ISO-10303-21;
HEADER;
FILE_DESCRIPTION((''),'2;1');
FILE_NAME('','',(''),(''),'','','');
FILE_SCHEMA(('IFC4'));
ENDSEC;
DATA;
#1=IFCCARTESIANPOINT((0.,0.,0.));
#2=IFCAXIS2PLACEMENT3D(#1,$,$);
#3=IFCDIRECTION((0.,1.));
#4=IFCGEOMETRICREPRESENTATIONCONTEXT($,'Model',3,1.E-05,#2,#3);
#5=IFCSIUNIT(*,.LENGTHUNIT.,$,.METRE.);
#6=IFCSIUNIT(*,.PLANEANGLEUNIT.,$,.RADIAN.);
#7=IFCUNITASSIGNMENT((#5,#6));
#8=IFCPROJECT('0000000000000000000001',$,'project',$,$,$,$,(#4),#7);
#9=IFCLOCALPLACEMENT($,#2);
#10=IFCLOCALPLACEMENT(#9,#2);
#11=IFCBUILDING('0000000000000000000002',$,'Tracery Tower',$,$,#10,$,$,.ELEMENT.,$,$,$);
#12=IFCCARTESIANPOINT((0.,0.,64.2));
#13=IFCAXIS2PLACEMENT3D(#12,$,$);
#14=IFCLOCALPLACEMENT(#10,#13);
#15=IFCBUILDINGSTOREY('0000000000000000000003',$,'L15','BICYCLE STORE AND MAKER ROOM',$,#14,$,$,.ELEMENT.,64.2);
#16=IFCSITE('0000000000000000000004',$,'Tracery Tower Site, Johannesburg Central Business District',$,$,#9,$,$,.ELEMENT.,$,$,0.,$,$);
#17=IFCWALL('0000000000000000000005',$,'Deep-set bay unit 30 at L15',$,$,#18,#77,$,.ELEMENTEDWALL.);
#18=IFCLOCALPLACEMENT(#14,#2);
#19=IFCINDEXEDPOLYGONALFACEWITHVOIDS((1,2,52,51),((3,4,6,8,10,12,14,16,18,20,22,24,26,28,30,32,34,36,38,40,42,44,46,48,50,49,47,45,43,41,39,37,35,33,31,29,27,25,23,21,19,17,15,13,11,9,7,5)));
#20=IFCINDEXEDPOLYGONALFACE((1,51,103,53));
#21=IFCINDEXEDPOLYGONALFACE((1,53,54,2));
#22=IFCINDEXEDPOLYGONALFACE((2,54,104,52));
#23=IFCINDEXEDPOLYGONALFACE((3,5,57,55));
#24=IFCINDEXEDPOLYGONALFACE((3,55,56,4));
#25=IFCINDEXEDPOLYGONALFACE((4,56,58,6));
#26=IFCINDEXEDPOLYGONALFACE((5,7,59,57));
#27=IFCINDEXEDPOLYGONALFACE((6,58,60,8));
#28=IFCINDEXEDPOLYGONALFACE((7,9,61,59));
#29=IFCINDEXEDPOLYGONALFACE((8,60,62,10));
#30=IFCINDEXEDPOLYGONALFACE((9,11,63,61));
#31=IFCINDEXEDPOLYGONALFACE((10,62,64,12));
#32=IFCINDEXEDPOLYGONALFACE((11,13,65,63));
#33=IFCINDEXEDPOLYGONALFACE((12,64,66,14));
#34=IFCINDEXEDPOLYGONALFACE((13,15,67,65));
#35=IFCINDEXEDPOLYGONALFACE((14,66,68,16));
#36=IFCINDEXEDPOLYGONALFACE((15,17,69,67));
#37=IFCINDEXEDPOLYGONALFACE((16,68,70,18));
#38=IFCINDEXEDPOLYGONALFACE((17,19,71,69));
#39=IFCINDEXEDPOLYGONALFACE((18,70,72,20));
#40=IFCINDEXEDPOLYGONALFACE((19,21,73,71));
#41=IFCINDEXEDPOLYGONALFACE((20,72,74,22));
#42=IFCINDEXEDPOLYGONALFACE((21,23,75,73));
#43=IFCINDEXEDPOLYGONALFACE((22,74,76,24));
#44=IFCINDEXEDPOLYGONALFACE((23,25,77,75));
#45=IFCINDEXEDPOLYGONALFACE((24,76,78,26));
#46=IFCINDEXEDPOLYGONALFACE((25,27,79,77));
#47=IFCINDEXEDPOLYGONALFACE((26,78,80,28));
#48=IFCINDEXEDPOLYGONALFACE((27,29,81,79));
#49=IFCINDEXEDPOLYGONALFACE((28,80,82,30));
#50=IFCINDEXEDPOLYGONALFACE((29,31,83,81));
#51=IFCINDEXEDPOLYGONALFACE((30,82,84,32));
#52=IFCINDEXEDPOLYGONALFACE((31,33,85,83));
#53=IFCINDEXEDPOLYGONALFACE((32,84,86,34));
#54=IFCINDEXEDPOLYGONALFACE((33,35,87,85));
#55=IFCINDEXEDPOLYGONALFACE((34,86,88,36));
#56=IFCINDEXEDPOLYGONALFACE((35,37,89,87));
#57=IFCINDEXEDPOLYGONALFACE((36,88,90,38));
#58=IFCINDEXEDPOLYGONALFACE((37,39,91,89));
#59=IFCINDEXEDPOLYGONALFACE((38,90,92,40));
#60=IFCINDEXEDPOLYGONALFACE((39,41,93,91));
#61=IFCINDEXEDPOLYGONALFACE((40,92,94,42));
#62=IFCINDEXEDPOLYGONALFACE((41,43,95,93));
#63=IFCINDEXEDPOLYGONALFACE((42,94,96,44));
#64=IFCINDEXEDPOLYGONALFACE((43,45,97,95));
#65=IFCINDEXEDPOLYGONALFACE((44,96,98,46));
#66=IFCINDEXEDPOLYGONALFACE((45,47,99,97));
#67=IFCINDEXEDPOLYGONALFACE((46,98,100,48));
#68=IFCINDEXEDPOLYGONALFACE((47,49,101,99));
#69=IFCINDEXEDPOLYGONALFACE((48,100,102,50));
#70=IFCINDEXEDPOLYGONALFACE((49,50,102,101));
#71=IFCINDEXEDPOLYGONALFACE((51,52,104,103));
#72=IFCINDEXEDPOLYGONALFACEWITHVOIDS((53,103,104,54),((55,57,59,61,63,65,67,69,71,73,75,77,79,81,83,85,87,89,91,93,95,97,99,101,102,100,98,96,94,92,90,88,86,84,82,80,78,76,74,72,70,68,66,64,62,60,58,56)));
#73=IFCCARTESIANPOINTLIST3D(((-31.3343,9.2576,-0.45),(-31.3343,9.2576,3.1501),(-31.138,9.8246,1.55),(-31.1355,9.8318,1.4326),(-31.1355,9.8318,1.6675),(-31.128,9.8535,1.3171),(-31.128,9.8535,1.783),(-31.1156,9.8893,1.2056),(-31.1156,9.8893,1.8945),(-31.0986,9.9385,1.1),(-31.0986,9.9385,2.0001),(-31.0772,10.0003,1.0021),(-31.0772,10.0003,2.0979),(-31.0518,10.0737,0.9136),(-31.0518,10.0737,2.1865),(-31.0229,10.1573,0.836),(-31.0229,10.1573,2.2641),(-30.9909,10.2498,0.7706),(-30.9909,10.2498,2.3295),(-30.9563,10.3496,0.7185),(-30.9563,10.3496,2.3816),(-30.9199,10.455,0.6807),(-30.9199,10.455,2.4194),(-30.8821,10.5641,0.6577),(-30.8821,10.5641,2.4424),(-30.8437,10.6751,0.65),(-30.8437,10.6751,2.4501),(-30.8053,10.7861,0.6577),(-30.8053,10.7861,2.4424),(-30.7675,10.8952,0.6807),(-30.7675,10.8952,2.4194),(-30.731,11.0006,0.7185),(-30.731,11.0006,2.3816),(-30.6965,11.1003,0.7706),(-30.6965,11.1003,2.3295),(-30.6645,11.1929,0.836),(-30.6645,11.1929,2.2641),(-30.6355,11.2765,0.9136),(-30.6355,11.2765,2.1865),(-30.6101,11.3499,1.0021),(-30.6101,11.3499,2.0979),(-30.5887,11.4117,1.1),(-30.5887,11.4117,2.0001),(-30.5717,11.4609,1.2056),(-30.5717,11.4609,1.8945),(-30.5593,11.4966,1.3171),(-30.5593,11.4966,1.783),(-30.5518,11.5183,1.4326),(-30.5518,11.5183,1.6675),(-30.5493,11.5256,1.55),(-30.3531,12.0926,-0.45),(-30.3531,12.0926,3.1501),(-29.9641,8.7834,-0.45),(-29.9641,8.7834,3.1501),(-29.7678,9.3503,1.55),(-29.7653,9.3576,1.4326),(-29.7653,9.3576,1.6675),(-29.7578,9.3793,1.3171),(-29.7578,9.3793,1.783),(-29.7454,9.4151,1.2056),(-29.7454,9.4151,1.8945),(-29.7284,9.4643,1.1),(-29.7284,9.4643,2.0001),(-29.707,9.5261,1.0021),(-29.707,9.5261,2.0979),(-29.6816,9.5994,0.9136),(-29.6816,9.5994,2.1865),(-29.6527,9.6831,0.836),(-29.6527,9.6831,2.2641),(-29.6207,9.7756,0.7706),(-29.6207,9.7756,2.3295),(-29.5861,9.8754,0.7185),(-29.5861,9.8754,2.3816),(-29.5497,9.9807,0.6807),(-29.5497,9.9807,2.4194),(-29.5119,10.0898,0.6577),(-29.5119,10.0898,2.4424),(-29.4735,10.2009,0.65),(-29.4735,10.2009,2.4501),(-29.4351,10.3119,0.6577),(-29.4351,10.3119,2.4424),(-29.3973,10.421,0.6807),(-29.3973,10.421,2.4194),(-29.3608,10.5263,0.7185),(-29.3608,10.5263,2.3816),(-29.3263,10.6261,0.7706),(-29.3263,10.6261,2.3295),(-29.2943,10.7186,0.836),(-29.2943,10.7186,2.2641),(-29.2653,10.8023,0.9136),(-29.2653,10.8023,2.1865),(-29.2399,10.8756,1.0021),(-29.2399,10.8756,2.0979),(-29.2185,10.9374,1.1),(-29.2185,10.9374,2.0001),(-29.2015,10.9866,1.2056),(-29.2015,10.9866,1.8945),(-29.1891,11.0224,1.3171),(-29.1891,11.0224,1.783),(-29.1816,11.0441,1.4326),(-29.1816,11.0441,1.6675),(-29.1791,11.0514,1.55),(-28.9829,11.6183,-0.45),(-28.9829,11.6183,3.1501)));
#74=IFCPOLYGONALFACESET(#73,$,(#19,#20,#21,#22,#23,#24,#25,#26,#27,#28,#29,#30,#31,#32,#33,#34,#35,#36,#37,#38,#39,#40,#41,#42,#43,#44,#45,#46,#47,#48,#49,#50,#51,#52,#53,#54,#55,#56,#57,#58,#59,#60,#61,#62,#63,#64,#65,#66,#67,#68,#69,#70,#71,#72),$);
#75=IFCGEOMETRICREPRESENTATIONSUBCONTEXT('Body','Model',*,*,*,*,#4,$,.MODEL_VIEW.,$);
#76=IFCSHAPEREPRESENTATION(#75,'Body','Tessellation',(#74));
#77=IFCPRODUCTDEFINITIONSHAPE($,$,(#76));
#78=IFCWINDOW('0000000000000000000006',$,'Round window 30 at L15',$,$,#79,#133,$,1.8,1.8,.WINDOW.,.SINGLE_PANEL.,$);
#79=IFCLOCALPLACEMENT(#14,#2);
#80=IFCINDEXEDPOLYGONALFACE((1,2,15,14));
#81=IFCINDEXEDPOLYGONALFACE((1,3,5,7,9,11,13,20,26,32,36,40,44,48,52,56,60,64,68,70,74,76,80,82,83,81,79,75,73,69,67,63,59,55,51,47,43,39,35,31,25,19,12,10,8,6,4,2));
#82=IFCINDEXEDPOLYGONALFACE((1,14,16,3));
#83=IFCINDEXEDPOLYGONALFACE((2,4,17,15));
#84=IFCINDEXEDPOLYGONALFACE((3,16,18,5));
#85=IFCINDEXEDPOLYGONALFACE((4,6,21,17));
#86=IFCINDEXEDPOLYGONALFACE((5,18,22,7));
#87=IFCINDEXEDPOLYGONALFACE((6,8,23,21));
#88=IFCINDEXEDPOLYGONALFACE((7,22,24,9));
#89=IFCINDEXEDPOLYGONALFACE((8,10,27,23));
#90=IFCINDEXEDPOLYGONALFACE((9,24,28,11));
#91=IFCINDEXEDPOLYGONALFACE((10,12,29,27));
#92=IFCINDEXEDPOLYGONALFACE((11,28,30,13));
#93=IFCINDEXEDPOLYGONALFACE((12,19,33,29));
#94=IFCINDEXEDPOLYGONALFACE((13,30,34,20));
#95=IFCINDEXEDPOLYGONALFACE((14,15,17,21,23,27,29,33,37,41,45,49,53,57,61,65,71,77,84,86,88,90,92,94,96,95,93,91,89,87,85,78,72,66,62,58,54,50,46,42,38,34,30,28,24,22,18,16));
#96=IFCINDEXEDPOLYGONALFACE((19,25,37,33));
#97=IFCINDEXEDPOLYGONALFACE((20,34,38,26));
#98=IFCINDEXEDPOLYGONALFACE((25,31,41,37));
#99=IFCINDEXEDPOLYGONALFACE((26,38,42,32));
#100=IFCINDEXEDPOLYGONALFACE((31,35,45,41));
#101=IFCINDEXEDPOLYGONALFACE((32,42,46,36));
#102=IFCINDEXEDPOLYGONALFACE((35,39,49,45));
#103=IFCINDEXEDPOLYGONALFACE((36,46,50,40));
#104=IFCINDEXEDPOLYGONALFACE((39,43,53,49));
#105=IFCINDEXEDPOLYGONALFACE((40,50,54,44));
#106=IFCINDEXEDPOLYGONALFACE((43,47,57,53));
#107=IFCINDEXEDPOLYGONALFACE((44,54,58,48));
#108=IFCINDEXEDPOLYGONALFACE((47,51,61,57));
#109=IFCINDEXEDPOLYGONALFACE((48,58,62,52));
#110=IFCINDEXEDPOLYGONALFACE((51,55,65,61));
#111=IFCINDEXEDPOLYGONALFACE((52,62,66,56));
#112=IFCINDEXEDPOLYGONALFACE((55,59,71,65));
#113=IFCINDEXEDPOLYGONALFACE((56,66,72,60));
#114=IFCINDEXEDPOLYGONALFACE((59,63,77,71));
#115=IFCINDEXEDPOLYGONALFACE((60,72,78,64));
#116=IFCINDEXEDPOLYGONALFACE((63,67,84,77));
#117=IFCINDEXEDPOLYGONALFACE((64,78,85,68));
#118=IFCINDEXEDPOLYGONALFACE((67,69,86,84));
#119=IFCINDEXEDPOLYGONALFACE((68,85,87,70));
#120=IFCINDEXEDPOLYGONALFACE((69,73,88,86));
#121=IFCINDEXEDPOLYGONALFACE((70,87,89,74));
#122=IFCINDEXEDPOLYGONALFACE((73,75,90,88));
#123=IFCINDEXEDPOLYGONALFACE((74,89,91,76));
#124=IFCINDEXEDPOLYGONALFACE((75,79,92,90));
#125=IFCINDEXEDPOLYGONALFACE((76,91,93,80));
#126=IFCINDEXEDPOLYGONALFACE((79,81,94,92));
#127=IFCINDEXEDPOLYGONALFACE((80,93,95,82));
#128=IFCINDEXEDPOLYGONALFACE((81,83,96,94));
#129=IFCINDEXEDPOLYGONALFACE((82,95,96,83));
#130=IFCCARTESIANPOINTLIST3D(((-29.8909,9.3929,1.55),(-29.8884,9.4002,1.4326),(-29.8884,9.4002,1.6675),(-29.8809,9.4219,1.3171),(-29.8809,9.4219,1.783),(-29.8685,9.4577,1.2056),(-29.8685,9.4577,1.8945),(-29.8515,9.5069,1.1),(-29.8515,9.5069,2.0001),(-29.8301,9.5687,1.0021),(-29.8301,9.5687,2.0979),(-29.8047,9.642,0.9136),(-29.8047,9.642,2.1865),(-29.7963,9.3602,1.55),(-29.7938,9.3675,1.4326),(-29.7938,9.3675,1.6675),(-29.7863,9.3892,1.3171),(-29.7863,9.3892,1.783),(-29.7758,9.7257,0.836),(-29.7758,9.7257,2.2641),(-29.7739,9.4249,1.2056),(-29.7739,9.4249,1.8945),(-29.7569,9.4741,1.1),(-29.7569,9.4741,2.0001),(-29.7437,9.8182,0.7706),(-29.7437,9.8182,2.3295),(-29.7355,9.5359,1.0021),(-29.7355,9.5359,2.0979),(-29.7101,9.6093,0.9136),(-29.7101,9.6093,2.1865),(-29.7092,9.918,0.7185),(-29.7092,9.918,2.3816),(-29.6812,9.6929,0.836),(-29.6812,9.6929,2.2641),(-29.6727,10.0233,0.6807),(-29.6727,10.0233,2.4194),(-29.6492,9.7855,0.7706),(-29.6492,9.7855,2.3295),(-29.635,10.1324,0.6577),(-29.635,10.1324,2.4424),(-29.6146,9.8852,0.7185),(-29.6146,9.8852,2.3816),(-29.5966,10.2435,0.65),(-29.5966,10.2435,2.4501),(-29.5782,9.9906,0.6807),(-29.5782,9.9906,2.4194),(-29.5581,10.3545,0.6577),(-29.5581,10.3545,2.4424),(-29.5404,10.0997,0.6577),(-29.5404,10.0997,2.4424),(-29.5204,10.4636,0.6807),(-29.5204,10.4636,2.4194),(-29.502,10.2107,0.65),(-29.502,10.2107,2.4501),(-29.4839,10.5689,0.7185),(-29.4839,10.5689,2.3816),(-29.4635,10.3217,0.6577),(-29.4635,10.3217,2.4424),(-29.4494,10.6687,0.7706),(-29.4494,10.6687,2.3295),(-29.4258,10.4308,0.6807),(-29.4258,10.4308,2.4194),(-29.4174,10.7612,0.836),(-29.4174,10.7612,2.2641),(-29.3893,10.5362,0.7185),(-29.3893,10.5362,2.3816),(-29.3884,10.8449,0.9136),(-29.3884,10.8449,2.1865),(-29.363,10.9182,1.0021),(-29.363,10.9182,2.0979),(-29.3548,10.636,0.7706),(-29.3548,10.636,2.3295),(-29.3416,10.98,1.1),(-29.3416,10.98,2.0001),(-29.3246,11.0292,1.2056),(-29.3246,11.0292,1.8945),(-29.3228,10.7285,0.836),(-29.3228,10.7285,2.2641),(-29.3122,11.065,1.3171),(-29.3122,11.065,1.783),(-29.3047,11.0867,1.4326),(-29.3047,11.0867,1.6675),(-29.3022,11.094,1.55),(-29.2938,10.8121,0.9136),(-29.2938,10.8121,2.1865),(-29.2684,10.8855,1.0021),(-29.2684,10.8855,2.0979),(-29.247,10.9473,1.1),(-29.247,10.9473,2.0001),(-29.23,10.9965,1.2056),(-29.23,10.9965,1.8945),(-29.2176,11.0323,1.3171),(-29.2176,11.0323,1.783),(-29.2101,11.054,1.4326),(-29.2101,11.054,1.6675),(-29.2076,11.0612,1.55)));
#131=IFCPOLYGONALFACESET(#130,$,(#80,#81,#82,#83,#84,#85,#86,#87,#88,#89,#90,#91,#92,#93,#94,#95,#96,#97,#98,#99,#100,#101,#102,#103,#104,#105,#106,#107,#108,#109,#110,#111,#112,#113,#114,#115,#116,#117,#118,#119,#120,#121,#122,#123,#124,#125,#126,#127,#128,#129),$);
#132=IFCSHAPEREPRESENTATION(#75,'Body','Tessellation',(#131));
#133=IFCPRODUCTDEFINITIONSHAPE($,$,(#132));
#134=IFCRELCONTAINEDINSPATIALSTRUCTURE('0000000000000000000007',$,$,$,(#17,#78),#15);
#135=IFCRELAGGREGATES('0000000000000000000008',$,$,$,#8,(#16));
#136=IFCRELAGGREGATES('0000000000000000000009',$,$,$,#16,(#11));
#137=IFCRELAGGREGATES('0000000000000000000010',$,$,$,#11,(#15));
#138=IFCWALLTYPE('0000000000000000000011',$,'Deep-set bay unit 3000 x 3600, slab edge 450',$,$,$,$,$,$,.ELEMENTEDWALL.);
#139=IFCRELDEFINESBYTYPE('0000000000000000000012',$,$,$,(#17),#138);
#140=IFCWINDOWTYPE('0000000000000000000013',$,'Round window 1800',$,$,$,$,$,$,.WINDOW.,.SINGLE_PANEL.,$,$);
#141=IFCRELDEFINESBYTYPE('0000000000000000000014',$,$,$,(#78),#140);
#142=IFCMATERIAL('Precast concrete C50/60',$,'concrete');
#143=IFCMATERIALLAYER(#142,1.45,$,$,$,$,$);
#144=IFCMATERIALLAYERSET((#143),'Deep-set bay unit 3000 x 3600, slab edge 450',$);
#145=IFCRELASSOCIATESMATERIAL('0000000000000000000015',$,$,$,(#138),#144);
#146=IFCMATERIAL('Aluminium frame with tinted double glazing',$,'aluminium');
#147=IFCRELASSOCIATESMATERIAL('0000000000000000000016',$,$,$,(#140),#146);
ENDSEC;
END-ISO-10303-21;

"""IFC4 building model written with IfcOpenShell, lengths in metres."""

from ifc_helpers import new_model, si_unit, direction, frame, frame_2d, origin, origin_2d, place, context, subcontext, project, spatial, rectangle, circle, extrude, material, layer, layer_set, type_object, element, fill, save


model = new_model("IFC4")

# Units and contexts
model_context = context("Model", 3, precision=1e-05, world=origin(), true_north=direction((0.0, 1.0)))
body_context = subcontext(model_context, "Body", "Model", "MODEL_VIEW")
ifc_project = project(units=[si_unit("LENGTHUNIT", "METRE"), si_unit("PLANEANGLEUNIT", "RADIAN")], contexts=[model_context])

# Site, building, storey
site_placement = place(None, origin())
site = spatial("IfcSite", under=ifc_project, at=site_placement, Name="Tracery Tower Site, Johannesburg Central Business District", CompositionType="ELEMENT", RefElevation=0.0)
building_placement = place(site_placement, origin())
building = spatial("IfcBuilding", under=site, at=building_placement, Name="Tracery Tower", CompositionType="ELEMENT")
storey_placement = place(building_placement, frame((0.0, 0.0, 64.2)))
storey = spatial("IfcBuildingStorey", under=building, at=storey_placement, Name="L15", Description="BICYCLE STORE AND MAKER ROOM", CompositionType="ELEMENT", Elevation=64.2)

# Wall, opening, window
ifc_material_1 = material(Name="Precast concrete C50/60", Category="concrete")
ifc_layer_1 = layer(ifc_material_1, 1.45)
ifc_layer_set_1 = layer_set([ifc_layer_1], Name="Deep-set bay unit 3000 x 3600, slab edge 450")
wall_type_1 = type_object("IfcWallType", Name="Deep-set bay unit 3000 x 3600, slab edge 450", PredefinedType="ELEMENTEDWALL", material=ifc_layer_set_1)
wall_1_placement = place(storey_placement, frame((-29.668, 11.8555, -0.45), z_axis=(0.0, 0.0, 1.0), x_axis=(-0.327071, -0.945, 0.0)))
wall_1 = element("IfcWall", 1, at=wall_1_placement, inside=storey, type_object=wall_type_1, Name="Deep-set bay unit 30 at L15", PredefinedType="ELEMENTEDWALL", context=body_context, shape_type="SweptSolid", body=[
    extrude(rectangle(XDim=3.0, YDim=1.45, at=frame_2d((1.5, 0.0))), origin(), (0.0, 0.0, 1.0), 3.6001),
])
opening_1_placement = place(wall_1_placement, frame((1.5, 0.0, 2.0)))
opening_1 = element("IfcOpeningElement", 2, at=opening_1_placement, cuts=wall_1, PredefinedType="OPENING", context=body_context, shape_type="SweptSolid", body=[
    extrude(circle(Radius=0.9, at=origin_2d()), frame((0.0, 0.7349, 0.0), z_axis=(0.0, -1.0, 0.0), x_axis=(1.0, 0.0, 0.0)), (0.0, 0.0, 1.0), 1.47),
])
ifc_material_2 = material(Name="Aluminium frame with tinted double glazing", Category="aluminium")
window_type = type_object("IfcWindowType", Name="Round window 1800", PartitioningType="SINGLE_PANEL", PredefinedType="WINDOW", material=ifc_material_2)
window_1_placement = place(opening_1_placement, origin())
window_1 = element("IfcWindow", 3, at=window_1_placement, inside=storey, type_object=window_type, Name="Round window 30 at L15", OverallHeight=1.8, OverallWidth=1.8, PartitioningType="SINGLE_PANEL", PredefinedType="WINDOW", context=body_context, shape_type="SweptSolid", body=[
    extrude(circle(Radius=0.9, at=origin_2d()), frame((0.0, 0.6948, 0.0), z_axis=(0.0, -1.0, 0.0), x_axis=(1.0, 0.0, 0.0)), (0.0, 0.0, 1.0), 0.1001),
])
fill(opening_1, window_1)

save(model, "model.ifc")
